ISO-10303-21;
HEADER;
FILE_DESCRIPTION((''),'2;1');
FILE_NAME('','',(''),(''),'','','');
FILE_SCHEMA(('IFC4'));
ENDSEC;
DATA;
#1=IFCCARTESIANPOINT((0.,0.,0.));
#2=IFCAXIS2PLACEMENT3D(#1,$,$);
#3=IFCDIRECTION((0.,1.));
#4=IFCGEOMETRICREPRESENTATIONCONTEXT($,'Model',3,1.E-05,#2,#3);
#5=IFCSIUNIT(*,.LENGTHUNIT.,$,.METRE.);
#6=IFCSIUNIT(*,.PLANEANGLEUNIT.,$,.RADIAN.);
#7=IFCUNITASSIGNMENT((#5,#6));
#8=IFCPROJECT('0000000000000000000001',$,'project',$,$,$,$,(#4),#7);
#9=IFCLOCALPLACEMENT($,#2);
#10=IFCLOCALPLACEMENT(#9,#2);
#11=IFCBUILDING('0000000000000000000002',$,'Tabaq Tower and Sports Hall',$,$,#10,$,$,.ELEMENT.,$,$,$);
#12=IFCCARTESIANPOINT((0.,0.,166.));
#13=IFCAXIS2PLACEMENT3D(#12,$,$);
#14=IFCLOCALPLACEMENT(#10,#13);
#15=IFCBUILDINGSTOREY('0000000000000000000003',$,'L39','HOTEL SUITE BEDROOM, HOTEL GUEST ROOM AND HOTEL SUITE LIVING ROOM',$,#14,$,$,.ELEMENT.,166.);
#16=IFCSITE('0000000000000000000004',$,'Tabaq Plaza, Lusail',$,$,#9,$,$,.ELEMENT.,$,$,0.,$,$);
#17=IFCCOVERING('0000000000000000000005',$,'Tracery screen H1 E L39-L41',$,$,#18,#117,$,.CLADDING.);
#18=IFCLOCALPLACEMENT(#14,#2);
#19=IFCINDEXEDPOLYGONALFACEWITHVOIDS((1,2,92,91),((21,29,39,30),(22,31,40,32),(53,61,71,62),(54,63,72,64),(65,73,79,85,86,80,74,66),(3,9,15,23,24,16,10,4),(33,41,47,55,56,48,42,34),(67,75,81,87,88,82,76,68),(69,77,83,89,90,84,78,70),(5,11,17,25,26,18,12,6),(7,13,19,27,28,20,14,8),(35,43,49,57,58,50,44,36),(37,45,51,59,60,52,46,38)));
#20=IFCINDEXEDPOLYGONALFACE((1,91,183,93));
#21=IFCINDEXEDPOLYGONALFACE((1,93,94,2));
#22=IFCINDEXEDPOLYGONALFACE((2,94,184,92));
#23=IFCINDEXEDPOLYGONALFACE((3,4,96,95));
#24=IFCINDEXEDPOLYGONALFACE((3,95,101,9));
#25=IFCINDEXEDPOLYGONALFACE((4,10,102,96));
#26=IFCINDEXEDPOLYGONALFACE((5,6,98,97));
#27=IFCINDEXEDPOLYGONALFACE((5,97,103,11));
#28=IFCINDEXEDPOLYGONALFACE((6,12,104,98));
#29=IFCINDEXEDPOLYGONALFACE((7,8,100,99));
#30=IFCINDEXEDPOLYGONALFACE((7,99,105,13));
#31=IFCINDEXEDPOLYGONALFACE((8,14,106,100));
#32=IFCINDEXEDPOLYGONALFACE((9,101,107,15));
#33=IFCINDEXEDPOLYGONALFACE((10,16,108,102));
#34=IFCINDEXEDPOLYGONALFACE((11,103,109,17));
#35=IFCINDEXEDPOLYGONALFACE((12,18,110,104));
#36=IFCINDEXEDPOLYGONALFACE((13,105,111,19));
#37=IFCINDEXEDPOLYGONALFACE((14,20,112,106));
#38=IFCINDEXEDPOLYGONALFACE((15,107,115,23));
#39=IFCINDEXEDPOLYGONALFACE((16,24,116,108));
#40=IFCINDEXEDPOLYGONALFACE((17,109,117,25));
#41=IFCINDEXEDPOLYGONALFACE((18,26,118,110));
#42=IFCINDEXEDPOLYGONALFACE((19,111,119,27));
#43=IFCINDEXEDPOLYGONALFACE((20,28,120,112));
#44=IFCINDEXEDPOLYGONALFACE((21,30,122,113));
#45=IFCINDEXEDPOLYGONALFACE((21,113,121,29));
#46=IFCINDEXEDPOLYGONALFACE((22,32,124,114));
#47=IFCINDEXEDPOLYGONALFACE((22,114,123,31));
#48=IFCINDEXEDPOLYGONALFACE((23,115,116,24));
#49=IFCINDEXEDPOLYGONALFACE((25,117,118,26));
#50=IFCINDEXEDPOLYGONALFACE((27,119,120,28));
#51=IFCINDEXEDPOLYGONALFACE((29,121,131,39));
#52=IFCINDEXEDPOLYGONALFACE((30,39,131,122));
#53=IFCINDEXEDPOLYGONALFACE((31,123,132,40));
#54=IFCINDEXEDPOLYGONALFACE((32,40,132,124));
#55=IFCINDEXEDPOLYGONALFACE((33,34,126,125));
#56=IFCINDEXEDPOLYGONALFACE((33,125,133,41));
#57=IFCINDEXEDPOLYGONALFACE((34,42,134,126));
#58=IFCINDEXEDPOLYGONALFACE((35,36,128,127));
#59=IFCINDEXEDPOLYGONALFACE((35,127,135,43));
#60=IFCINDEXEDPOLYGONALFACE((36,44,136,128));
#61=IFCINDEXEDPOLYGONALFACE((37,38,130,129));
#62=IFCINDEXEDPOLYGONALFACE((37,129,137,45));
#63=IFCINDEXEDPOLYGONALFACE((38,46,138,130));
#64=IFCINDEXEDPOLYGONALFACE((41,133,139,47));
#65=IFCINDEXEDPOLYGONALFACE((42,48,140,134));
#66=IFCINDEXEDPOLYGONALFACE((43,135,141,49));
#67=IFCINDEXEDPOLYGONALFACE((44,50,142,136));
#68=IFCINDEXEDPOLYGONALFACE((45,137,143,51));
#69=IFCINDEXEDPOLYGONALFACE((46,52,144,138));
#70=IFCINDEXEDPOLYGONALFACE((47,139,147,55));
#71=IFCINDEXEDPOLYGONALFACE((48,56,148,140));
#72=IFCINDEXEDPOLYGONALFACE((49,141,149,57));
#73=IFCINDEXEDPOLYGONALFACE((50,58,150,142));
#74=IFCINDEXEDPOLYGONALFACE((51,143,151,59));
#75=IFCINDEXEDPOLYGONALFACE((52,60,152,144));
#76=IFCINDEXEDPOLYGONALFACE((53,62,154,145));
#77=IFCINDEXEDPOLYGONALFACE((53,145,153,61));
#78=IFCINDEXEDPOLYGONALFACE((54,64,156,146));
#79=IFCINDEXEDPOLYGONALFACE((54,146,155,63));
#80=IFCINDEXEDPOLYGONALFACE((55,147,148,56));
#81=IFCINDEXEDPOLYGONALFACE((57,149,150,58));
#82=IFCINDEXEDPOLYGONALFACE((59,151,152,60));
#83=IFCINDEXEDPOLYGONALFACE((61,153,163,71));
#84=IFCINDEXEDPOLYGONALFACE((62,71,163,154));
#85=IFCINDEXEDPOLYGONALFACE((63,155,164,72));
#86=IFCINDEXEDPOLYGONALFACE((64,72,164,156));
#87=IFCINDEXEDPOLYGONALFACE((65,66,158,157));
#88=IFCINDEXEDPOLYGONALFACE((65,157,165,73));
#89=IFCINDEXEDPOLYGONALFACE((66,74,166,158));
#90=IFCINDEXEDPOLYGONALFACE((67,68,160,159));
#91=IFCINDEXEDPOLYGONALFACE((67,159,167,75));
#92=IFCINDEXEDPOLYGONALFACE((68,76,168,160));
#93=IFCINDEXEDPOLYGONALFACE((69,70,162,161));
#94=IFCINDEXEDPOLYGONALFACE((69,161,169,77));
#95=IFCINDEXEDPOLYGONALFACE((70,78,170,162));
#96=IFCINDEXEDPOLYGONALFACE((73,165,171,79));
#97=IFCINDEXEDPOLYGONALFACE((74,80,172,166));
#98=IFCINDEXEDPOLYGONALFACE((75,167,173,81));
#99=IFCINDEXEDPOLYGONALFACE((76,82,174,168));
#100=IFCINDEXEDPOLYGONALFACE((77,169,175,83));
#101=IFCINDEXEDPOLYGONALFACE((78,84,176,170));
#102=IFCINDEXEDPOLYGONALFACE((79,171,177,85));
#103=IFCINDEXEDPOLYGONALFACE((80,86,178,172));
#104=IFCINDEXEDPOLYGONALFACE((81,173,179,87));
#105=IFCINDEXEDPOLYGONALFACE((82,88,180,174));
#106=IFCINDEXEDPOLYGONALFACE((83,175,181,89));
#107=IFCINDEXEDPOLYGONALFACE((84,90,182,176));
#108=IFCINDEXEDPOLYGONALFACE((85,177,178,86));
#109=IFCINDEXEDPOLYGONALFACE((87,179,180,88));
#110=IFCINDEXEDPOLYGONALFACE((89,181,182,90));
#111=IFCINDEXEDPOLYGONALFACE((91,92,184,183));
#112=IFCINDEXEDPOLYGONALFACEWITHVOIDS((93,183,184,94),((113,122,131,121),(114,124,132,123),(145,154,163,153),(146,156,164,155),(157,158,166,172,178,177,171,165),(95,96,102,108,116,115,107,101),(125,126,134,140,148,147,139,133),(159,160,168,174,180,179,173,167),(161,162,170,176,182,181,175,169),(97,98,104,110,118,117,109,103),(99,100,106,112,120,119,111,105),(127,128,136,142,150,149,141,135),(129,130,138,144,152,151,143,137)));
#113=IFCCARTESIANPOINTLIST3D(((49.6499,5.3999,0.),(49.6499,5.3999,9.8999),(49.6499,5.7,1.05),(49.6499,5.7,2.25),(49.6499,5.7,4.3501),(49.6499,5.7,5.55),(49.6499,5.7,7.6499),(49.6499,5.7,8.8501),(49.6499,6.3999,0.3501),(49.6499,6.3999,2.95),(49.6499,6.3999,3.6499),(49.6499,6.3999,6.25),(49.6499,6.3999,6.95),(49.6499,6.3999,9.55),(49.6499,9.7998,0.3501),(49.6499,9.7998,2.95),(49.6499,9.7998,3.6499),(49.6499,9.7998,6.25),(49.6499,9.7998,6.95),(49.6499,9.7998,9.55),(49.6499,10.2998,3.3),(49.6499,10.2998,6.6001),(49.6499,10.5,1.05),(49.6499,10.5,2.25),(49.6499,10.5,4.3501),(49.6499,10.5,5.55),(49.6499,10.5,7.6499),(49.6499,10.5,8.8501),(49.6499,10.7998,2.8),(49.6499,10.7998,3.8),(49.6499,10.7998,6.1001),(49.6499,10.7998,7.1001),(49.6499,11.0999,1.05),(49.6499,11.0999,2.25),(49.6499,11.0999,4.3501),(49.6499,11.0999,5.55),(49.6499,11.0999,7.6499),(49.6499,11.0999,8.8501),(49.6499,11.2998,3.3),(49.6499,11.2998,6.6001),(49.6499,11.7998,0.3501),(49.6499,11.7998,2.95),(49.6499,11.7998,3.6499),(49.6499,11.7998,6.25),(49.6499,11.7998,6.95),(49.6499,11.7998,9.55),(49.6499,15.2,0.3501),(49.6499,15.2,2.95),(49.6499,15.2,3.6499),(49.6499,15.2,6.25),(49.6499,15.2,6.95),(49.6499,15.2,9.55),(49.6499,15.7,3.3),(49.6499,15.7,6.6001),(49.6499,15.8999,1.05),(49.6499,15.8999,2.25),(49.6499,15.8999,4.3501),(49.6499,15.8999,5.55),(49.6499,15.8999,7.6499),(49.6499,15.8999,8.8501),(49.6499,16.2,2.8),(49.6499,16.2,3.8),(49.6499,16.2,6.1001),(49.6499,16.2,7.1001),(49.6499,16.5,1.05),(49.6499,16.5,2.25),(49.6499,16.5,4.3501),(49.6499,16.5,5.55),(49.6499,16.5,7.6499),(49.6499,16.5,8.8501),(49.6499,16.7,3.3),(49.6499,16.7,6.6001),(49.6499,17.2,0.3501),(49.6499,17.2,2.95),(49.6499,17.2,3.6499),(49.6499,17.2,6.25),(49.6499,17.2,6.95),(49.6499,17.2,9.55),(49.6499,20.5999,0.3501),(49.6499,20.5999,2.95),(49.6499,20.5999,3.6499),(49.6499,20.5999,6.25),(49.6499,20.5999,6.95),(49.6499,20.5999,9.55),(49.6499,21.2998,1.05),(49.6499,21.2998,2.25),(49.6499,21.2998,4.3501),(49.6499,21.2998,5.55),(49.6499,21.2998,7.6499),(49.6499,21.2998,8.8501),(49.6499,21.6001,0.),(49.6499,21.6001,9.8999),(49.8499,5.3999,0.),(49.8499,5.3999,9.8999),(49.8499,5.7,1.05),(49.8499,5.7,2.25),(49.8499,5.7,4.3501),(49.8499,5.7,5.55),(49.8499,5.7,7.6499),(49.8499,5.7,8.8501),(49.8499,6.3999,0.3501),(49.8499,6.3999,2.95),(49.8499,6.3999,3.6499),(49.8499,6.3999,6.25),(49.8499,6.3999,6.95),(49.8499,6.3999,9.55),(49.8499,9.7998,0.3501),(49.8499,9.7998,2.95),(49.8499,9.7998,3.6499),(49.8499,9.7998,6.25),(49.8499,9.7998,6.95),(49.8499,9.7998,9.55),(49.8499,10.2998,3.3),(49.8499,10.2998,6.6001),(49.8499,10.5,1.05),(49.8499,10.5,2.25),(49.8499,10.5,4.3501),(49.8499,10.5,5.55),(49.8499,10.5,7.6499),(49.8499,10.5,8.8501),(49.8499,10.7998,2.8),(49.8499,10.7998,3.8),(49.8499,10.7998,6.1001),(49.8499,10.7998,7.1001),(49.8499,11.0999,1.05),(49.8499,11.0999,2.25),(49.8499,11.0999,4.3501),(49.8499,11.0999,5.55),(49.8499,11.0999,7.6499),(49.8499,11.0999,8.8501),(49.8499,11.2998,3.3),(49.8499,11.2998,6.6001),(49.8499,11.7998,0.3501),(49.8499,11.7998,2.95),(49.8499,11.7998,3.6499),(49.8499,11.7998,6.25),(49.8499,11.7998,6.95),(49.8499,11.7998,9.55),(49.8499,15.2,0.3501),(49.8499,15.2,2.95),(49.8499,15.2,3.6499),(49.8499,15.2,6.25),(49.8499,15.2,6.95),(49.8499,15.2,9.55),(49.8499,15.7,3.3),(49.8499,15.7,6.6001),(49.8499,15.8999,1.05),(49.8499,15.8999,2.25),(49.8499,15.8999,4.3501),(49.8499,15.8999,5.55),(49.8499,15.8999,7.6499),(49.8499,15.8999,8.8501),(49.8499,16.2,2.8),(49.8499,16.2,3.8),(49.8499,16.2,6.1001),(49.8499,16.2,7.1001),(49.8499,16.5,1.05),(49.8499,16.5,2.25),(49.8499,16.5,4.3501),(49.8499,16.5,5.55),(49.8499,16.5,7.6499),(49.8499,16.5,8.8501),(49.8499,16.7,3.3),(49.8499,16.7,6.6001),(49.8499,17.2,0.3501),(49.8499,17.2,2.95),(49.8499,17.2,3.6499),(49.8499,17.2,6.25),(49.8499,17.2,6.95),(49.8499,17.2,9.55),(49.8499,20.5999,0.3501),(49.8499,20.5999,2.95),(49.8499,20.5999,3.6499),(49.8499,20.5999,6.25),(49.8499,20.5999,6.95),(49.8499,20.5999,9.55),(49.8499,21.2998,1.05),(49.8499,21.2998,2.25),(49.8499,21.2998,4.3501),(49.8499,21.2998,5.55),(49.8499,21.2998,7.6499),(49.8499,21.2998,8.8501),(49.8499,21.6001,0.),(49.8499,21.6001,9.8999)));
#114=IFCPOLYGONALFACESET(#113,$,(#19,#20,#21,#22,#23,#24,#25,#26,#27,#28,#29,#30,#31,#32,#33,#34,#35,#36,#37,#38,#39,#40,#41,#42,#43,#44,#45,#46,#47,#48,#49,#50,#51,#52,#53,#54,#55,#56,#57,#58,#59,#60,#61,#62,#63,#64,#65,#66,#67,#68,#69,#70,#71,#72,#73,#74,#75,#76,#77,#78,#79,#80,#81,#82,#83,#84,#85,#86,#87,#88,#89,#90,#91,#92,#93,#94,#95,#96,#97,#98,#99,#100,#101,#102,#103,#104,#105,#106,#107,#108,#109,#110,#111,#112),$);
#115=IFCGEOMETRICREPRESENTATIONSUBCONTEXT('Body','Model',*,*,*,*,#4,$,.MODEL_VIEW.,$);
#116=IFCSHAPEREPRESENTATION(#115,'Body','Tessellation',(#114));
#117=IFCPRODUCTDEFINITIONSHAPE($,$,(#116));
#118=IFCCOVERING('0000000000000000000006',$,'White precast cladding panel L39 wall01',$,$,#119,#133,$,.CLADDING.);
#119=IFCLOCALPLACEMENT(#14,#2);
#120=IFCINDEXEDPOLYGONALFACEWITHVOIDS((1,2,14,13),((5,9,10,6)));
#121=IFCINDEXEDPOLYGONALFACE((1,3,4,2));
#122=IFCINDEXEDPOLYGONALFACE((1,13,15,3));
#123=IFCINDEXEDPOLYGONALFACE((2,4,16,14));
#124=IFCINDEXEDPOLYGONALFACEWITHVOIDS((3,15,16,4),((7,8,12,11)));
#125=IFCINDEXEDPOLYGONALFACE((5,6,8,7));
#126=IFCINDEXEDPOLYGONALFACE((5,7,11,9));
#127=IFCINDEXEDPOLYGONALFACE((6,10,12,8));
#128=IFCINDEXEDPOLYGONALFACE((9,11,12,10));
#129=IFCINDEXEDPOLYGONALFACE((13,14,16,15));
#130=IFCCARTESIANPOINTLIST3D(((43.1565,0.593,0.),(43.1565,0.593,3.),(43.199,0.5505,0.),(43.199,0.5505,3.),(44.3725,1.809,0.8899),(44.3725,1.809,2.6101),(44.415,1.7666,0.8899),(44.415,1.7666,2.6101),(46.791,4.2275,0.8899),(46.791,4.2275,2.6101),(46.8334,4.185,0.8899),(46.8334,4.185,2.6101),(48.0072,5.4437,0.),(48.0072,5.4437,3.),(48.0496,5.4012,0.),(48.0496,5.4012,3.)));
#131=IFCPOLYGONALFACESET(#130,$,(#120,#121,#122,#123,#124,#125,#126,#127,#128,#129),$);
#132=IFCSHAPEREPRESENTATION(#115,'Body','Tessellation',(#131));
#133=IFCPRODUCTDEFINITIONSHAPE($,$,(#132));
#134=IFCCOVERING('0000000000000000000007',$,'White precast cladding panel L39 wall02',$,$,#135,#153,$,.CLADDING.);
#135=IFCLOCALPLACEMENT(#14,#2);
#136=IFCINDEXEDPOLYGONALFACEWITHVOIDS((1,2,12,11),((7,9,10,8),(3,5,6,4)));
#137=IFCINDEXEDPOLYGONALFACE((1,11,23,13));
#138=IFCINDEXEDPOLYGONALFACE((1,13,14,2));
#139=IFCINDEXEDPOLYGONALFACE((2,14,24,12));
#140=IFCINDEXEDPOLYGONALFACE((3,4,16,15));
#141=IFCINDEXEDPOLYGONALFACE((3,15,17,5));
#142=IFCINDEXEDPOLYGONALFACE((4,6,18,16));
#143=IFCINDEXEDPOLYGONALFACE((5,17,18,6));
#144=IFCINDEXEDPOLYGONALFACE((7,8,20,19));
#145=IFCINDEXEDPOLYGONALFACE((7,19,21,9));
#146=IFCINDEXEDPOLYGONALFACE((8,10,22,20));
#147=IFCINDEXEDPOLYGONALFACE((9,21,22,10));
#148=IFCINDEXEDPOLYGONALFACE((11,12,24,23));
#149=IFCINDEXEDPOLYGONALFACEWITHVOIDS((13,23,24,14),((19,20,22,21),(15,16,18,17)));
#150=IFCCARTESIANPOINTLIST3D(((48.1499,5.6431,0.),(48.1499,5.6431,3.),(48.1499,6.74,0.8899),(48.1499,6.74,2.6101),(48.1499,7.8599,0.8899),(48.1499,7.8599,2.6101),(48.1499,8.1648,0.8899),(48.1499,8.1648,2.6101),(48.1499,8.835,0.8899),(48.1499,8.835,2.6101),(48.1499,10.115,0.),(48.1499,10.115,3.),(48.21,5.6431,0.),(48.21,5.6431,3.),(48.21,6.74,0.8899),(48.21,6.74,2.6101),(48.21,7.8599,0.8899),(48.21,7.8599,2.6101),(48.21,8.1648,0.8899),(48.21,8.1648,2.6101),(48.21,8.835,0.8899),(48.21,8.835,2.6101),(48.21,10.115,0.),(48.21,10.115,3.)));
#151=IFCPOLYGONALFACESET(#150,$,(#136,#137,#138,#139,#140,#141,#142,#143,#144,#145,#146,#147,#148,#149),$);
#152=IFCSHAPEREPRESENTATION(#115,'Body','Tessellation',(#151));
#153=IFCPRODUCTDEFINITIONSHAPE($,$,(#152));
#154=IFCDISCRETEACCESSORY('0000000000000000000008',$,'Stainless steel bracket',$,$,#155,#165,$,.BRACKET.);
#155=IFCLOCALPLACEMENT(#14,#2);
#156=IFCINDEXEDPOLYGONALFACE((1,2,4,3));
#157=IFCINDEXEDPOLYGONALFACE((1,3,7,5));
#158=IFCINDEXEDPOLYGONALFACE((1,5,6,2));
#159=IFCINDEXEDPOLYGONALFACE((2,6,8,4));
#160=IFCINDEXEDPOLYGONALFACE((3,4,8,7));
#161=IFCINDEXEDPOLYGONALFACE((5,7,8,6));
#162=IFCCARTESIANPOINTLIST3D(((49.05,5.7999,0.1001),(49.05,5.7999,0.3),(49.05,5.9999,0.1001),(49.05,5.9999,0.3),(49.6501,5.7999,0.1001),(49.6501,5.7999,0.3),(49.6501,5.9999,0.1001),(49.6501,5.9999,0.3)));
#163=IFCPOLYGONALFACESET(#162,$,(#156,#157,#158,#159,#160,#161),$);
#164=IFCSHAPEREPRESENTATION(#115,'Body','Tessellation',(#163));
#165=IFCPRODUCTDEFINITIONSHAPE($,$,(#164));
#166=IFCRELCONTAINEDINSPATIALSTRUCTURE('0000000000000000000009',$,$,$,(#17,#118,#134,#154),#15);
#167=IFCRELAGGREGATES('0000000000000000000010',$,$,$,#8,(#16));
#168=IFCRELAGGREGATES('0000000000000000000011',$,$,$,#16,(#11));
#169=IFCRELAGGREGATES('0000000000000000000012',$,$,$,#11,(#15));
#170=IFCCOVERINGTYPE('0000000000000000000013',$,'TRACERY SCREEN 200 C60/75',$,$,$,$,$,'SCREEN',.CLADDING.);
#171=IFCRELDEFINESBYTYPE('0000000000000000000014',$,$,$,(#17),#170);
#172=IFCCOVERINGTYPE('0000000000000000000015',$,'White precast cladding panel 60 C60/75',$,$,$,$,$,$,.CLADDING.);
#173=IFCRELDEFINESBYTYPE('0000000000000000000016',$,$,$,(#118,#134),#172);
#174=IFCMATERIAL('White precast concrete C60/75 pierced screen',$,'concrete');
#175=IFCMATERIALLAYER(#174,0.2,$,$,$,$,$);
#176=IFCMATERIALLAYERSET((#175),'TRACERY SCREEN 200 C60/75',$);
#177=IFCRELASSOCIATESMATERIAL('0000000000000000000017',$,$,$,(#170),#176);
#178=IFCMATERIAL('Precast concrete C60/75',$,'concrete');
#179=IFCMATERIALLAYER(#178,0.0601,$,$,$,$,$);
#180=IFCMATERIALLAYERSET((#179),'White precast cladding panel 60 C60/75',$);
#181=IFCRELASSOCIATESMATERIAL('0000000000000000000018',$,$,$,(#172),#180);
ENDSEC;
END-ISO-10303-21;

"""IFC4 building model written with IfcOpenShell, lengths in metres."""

from ifc_helpers import new_model, si_unit, direction, frame, origin, origin_2d, place, context, subcontext, project, spatial, polyline, rectangle, outline, extrude, material, layer, layer_set, type_object, element, save


model = new_model("IFC4")

# Units and contexts
model_context = context("Model", 3, precision=1e-05, world=origin(), true_north=direction((0.0, 1.0)))
body_context = subcontext(model_context, "Body", "Model", "MODEL_VIEW")
ifc_project = project(units=[si_unit("LENGTHUNIT", "METRE"), si_unit("PLANEANGLEUNIT", "RADIAN")], contexts=[model_context])

# Site, building, storey
site_placement = place(None, origin())
site = spatial("IfcSite", under=ifc_project, at=site_placement, Name="Tabaq Plaza, Lusail", CompositionType="ELEMENT", RefElevation=0.0)
building_placement = place(site_placement, origin())
building = spatial("IfcBuilding", under=site, at=building_placement, Name="Tabaq Tower and Sports Hall", CompositionType="ELEMENT")
storey_placement = place(building_placement, frame((0.0, 0.0, 166.0)))
storey = spatial("IfcBuildingStorey", under=building, at=storey_placement, Name="L39", Description="HOTEL SUITE BEDROOM, HOTEL GUEST ROOM AND HOTEL SUITE LIVING ROOM", CompositionType="ELEMENT", Elevation=166.0)

# Coverings
ifc_material_1 = material(Name="White precast concrete C60/75 pierced screen", Category="concrete")
ifc_layer_1 = layer(ifc_material_1, 0.2)
ifc_layer_set_1 = layer_set([ifc_layer_1], Name="TRACERY SCREEN 200 C60/75")
covering_type_1 = type_object("IfcCoveringType", Name="TRACERY SCREEN 200 C60/75", ElementType="SCREEN", PredefinedType="CLADDING", material=ifc_layer_set_1)
covering_1_placement = place(storey_placement, frame((49.75, 5.3999, 0.0), z_axis=(0.0, 0.0, 1.0), x_axis=(0.0, 1.0, 0.0)))
element("IfcCovering", 1, at=covering_1_placement, inside=storey, type_object=covering_type_1, Name="Tracery screen H1 E L39-L41", PredefinedType="CLADDING", context=body_context, shape_type="SweptSolid", body=[
    extrude(outline(polyline([(0.0, 0.0), (16.2002, 0.0), (16.2002, 9.8999), (0.0, 9.8999), (0.0, 0.0)]), holes=[polyline([(1.0, 0.3501), (4.3999, 0.3501), (5.1001, 1.05), (5.1001, 2.25), (4.3999, 2.95), (1.0, 2.95), (0.3, 2.25), (0.3, 1.05), (1.0, 0.3501)]), polyline([(6.3999, 0.3501), (9.8, 0.3501), (10.5, 1.05), (10.5, 2.25), (9.8, 2.95), (6.3999, 2.95), (5.7, 2.25), (5.7, 1.05), (6.3999, 0.3501)]), polyline([(11.8, 0.3501), (15.2, 0.3501), (15.8999, 1.05), (15.8999, 2.25), (15.2, 2.95), (11.8, 2.95), (11.1001, 2.25), (11.1001, 1.05), (11.8, 0.3501)]), polyline([(1.0, 3.6499), (4.3999, 3.6499), (5.1001, 4.3501), (5.1001, 5.55), (4.3999, 6.25), (1.0, 6.25), (0.3, 5.55), (0.3, 4.3501), (1.0, 3.6499)]), polyline([(6.3999, 3.6499), (9.8, 3.6499), (10.5, 4.3501), (10.5, 5.55), (9.8, 6.25), (6.3999, 6.25), (5.7, 5.55), (5.7, 4.3501), (6.3999, 3.6499)]), polyline([(11.8, 3.6499), (15.2, 3.6499), (15.8999, 4.3501), (15.8999, 5.55), (15.2, 6.25), (11.8, 6.25), (11.1001, 5.55), (11.1001, 4.3501), (11.8, 3.6499)]), polyline([(1.0, 6.95), (4.3999, 6.95), (5.1001, 7.6499), (5.1001, 8.8501), (4.3999, 9.55), (1.0, 9.55), (0.3, 8.8501), (0.3, 7.6499), (1.0, 6.95)]), polyline([(6.3999, 6.95), (9.8, 6.95), (10.5, 7.6499), (10.5, 8.8501), (9.8, 9.55), (6.3999, 9.55), (5.7, 8.8501), (5.7, 7.6499), (6.3999, 6.95)]), polyline([(11.8, 6.95), (15.2, 6.95), (15.8999, 7.6499), (15.8999, 8.8501), (15.2, 9.55), (11.8, 9.55), (11.1001, 8.8501), (11.1001, 7.6499), (11.8, 6.95)]), polyline([(5.8999, 3.3), (5.3999, 3.8), (4.8999, 3.3), (5.3999, 2.8), (5.8999, 3.3)]), polyline([(11.3, 3.3), (10.8, 3.8), (10.3, 3.3), (10.8, 2.8), (11.3, 3.3)]), polyline([(5.8999, 6.6001), (5.3999, 7.1001), (4.8999, 6.6001), (5.3999, 6.1001), (5.8999, 6.6001)]), polyline([(11.3, 6.6001), (10.8, 7.1001), (10.3, 6.6001), (10.8, 6.1001), (11.3, 6.6001)])]), frame((0.0, 0.1001, 0.0), z_axis=(0.0, -1.0, 0.0), x_axis=(1.0, 0.0, 0.0)), (0.0, 0.0, 1.0), 0.2),
])
ifc_material_2 = material(Name="Precast concrete C60/75", Category="concrete")
ifc_layer_2 = layer(ifc_material_2, 0.0601)
ifc_layer_set_2 = layer_set([ifc_layer_2], Name="White precast cladding panel 60 C60/75")
covering_type_2 = type_object("IfcCoveringType", Name="White precast cladding panel 60 C60/75", PredefinedType="CLADDING", material=ifc_layer_set_2)
covering_2_placement = place(storey_placement, frame((43.1777, 0.5718, 0.0), z_axis=(0.0, 0.0, 1.0), x_axis=(0.707107, 0.707107, 0.0)))
element("IfcCovering", 2, at=covering_2_placement, inside=storey, type_object=covering_type_2, Name="White precast cladding panel L39 wall01", PredefinedType="CLADDING", context=body_context, shape_type="SweptSolid", body=[
    extrude(outline(polyline([(0.0, 0.0), (6.8599, 0.0), (6.8599, 3.0), (0.0, 3.0), (0.0, 0.0)]), holes=[polyline([(1.7197, 0.8899), (1.7197, 2.6101), (5.1399, 2.6101), (5.1399, 0.8899), (1.7197, 0.8899)])]), frame((0.0, 0.03, 0.0), z_axis=(0.0, -1.0, 0.0), x_axis=(1.0, 0.0, 0.0)), (0.0, 0.0, 1.0), 0.0601),
])
covering_3_placement = place(storey_placement, frame((48.1799, 5.6431, 0.0), z_axis=(0.0, 0.0, 1.0), x_axis=(0.0, 1.0, 0.0)))
element("IfcCovering", 3, at=covering_3_placement, inside=storey, type_object=covering_type_2, Name="White precast cladding panel L39 wall02", PredefinedType="CLADDING", context=body_context, shape_type="SweptSolid", body=[
    extrude(outline(polyline([(0.0, 0.0), (4.4719, 0.0), (4.4719, 3.0), (0.0, 3.0), (0.0, 0.0)]), holes=[polyline([(1.0969, 2.6101), (2.2168, 2.6101), (2.2168, 0.8899), (1.0969, 0.8899), (1.0969, 2.6101)]), polyline([(2.5217, 2.6101), (3.1919, 2.6101), (3.1919, 0.8899), (2.5217, 0.8899), (2.5217, 2.6101)])]), frame((0.0, 0.03, 0.0), z_axis=(0.0, -1.0, 0.0), x_axis=(1.0, 0.0, 0.0)), (0.0, 0.0, 1.0), 0.0601),
])

# Discrete accessory
discrete_accessory_placement = place(storey_placement, frame((49.3501, 5.8999, 0.1001), z_axis=(0.0, 0.0, 1.0), x_axis=(1.0, 0.0, 0.0)))
element("IfcDiscreteAccessory", 4, at=discrete_accessory_placement, inside=storey, Name="Stainless steel bracket", PredefinedType="BRACKET", context=body_context, shape_type="SweptSolid", body=[
    extrude(rectangle(XDim=0.6001, YDim=0.2, at=origin_2d()), origin(), (0.0, 0.0, 1.0), 0.2),
])

save(model, "model.ifc")
